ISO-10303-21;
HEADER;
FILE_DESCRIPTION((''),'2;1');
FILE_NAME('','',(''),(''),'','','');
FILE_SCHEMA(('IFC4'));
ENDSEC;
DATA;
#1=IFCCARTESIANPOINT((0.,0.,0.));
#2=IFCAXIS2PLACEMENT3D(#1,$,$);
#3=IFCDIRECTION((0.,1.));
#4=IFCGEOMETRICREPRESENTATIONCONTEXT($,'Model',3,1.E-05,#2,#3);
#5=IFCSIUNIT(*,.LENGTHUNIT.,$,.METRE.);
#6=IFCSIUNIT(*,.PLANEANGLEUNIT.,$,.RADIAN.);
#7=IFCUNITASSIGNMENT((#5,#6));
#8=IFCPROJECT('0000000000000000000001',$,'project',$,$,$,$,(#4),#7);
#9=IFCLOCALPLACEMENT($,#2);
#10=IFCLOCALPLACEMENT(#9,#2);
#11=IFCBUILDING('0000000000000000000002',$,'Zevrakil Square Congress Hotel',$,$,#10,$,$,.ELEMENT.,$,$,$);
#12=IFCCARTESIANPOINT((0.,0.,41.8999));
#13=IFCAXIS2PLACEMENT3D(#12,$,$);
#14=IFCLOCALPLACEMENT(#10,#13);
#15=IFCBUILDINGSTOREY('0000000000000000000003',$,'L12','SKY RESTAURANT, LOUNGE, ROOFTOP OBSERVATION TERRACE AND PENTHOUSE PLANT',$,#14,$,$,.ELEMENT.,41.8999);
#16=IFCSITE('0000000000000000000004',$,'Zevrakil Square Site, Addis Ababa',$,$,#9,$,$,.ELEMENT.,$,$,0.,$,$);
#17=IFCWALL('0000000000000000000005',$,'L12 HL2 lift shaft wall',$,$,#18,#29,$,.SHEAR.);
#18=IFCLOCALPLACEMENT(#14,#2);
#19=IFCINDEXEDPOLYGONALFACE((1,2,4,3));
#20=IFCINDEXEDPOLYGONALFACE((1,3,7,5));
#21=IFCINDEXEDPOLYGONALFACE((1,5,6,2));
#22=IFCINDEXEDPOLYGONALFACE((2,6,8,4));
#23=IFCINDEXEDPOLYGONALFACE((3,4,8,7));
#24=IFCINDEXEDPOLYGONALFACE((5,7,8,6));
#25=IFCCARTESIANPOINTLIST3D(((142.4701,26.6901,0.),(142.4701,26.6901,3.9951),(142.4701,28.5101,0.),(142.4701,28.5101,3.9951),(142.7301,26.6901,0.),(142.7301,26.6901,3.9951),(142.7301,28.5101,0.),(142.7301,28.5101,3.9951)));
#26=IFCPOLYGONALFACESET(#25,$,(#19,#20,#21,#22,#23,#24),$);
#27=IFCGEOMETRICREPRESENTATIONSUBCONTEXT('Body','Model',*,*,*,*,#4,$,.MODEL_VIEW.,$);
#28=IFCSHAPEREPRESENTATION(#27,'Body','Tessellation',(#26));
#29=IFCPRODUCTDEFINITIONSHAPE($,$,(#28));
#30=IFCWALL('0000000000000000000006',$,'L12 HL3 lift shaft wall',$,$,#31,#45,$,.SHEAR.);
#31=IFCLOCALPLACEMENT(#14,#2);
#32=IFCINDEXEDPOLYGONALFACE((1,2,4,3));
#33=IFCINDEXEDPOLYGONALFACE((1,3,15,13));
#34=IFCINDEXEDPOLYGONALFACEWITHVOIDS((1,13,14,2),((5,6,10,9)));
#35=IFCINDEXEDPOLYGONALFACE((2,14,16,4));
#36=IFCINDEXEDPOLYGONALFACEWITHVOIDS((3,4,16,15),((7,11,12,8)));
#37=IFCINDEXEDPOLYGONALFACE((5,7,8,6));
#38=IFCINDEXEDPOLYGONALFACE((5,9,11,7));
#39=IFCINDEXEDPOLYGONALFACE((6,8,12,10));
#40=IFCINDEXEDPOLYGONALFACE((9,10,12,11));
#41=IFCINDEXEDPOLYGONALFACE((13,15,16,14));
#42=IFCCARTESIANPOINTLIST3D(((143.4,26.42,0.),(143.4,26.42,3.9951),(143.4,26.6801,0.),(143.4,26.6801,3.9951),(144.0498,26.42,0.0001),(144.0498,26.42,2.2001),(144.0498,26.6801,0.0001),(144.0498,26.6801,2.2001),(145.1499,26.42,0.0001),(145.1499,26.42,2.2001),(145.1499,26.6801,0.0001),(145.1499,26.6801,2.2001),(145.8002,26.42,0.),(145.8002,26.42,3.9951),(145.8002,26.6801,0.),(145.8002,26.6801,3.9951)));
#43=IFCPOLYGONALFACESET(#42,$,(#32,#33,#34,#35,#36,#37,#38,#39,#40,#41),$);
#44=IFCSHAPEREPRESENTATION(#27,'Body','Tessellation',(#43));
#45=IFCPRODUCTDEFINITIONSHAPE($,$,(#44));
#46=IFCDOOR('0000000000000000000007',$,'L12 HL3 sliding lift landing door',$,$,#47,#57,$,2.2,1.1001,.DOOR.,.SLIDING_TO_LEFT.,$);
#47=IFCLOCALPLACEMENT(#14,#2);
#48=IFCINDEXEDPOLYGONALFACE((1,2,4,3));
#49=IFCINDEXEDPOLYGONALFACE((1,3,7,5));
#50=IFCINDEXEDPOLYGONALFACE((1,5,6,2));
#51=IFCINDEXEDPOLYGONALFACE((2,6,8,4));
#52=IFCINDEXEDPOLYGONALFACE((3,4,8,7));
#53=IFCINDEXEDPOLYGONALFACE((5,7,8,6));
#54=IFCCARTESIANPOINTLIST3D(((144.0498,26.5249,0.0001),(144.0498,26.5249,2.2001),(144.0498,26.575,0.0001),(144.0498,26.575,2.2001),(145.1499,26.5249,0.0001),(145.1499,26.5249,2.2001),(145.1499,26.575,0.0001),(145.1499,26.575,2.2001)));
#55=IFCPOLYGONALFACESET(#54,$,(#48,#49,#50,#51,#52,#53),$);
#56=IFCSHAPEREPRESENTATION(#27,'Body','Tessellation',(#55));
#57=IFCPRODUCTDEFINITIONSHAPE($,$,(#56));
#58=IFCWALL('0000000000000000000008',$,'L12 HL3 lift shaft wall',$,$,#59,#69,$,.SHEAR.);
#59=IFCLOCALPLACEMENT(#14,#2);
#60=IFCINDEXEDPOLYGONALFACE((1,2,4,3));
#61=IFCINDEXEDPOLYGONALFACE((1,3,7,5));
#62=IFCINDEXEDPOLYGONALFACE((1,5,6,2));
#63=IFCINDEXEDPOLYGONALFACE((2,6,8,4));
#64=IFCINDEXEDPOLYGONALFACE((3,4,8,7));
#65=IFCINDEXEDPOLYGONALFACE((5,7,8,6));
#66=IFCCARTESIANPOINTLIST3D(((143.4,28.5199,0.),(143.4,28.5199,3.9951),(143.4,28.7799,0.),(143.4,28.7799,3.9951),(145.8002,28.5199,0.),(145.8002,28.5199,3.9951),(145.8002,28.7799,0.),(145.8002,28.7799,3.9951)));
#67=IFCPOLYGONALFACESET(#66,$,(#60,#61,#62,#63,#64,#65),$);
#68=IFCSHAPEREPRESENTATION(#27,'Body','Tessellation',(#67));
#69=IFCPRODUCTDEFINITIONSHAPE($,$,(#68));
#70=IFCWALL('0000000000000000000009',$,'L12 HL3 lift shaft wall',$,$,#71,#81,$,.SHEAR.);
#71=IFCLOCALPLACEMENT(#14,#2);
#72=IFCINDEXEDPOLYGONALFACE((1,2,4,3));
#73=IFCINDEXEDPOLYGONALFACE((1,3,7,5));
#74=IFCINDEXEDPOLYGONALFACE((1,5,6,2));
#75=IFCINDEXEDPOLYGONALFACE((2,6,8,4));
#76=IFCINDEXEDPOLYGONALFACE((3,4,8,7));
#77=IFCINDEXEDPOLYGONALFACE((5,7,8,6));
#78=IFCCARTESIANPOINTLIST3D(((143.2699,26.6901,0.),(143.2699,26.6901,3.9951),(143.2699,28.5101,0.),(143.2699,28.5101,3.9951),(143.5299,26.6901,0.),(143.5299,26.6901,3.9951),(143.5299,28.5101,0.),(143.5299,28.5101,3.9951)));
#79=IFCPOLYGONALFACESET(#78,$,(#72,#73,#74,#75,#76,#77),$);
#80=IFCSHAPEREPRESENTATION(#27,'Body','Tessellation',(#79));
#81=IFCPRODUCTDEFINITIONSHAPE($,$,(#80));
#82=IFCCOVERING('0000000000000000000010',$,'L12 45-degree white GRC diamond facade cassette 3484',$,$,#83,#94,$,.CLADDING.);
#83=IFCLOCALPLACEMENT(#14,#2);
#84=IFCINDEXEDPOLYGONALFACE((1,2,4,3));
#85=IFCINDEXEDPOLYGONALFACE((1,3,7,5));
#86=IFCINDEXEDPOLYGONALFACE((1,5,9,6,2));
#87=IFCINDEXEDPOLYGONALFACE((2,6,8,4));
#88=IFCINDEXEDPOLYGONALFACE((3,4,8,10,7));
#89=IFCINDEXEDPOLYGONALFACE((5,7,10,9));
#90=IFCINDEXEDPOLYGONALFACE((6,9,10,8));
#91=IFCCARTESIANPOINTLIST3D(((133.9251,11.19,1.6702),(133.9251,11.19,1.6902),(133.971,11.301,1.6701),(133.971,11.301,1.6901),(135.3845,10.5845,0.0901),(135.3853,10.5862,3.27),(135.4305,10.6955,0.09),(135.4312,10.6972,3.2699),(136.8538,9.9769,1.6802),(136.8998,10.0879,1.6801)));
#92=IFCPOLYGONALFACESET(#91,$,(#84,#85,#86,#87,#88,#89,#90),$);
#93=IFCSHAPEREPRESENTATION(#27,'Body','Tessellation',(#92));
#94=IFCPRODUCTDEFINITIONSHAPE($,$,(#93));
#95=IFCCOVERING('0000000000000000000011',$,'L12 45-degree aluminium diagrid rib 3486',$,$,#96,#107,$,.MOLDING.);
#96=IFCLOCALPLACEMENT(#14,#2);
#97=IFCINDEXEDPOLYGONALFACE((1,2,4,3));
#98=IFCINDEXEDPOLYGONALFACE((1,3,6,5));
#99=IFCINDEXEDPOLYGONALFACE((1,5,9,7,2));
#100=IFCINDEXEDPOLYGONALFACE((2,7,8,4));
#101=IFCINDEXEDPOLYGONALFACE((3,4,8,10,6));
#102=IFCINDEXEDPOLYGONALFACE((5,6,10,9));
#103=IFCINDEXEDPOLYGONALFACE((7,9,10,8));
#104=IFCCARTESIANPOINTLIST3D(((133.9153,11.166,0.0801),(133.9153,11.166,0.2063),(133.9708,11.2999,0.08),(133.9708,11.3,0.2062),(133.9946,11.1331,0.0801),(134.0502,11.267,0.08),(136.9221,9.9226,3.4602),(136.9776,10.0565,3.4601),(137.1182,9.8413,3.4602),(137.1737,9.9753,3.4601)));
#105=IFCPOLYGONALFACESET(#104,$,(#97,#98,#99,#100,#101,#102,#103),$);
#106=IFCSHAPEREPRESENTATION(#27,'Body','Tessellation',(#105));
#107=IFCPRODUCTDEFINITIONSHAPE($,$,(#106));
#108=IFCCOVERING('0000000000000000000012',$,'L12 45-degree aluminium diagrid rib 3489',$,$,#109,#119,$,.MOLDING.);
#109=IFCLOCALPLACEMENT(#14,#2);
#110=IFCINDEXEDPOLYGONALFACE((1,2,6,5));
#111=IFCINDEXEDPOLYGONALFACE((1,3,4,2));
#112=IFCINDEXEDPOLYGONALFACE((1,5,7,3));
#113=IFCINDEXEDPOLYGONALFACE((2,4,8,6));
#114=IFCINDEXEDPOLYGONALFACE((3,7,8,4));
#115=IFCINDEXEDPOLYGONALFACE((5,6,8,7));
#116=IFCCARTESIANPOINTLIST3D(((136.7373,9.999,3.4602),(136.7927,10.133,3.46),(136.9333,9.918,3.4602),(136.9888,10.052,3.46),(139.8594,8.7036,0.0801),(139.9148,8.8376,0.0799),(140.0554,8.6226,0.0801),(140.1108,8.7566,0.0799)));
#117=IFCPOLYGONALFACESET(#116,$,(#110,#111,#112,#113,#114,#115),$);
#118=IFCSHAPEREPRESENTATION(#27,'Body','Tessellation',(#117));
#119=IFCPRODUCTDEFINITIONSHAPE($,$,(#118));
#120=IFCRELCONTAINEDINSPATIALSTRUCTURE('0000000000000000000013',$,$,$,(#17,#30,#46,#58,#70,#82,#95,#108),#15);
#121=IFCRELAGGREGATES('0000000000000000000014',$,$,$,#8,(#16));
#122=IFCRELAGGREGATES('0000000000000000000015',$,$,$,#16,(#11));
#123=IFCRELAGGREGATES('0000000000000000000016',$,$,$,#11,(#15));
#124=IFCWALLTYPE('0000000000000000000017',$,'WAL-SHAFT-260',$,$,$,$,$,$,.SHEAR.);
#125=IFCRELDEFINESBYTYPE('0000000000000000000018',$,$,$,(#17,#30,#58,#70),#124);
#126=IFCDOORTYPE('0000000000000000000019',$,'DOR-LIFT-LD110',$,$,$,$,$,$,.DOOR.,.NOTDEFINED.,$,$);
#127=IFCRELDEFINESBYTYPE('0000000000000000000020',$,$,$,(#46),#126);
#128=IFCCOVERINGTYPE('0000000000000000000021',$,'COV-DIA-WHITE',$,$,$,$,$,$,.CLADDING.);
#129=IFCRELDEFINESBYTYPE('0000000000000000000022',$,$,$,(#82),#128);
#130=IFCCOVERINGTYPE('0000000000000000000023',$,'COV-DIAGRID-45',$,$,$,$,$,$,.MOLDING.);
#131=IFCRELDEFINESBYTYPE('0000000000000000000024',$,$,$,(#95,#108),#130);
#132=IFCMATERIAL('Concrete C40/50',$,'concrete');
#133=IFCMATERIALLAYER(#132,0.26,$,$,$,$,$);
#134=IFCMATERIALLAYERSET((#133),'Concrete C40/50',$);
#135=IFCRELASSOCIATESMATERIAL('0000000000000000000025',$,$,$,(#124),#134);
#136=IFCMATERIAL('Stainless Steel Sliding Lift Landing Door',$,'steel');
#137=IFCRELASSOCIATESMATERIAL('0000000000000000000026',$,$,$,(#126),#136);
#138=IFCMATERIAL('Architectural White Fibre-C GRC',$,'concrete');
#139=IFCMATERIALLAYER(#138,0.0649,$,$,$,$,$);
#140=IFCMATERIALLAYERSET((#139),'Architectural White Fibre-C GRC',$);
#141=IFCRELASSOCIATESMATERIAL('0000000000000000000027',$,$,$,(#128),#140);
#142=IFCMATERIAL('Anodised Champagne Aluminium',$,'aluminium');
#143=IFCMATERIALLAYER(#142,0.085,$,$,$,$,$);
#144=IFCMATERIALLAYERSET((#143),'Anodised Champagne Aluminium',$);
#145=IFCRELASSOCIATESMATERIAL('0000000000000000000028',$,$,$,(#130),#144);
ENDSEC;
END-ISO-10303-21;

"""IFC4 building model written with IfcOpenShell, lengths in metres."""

from ifc_helpers import new_model, si_unit, direction, frame, frame_2d, origin, place, context, subcontext, project, spatial, polyline, rectangle, outline, extrude, material, layer, layer_set, type_object, element, fill, save


model = new_model("IFC4")

# Units and contexts
model_context = context("Model", 3, precision=1e-05, world=origin(), true_north=direction((0.0, 1.0)))
body_context = subcontext(model_context, "Body", "Model", "MODEL_VIEW")
ifc_project = project(units=[si_unit("LENGTHUNIT", "METRE"), si_unit("PLANEANGLEUNIT", "RADIAN")], contexts=[model_context])

# Site, building, storey
site_placement = place(None, origin())
site = spatial("IfcSite", under=ifc_project, at=site_placement, Name="Zevrakil Square Site, Addis Ababa", CompositionType="ELEMENT", RefElevation=0.0)
building_placement = place(site_placement, origin())
building = spatial("IfcBuilding", under=site, at=building_placement, Name="Zevrakil Square Congress Hotel", CompositionType="ELEMENT")
storey_placement = place(building_placement, frame((0.0, 0.0, 41.8999)))
storey = spatial("IfcBuildingStorey", under=building, at=storey_placement, Name="L12", Description="SKY RESTAURANT, LOUNGE, ROOFTOP OBSERVATION TERRACE AND PENTHOUSE PLANT", CompositionType="ELEMENT", Elevation=41.8999)

# Shared definitions
ifc_material_1 = material(Name="Concrete C40/50", Category="concrete")
ifc_layer_1 = layer(ifc_material_1, 0.26)
ifc_layer_set_1 = layer_set([ifc_layer_1], Name="Concrete C40/50")
wall_type_1 = type_object("IfcWallType", Name="WAL-SHAFT-260", PredefinedType="SHEAR", material=ifc_layer_set_1)

# Shared definitions
ifc_material_2 = material(Name="Stainless Steel Sliding Lift Landing Door", Category="steel")
door_type_1 = type_object("IfcDoorType", Name="DOR-LIFT-LD110", OperationType="NOTDEFINED", PredefinedType="DOOR", material=ifc_material_2)

# Wall
for number, where, z_axis, x_axis, name in (
    (1, (142.6001, 26.6899, 0.0), (0.0, 0.0, 1.0), (0.0, 1.0, 0.0), "L12 HL2 lift shaft wall"),
):
    element("IfcWall", number, at=place(storey_placement, frame(where, z_axis=z_axis, x_axis=x_axis)), inside=storey, type_object=wall_type_1, Name=name, PredefinedType="SHEAR", context=body_context, shape_type="SweptSolid", body=[
        extrude(rectangle(XDim=1.8201, YDim=0.26, at=frame_2d((0.9102, 0.0))), origin(), (0.0, 0.0, 1.0), 3.9951),
    ])

# Wall, opening, door
wall_1_placement = place(storey_placement, frame((143.3999, 26.55, 0.0), z_axis=(0.0, 0.0, 1.0), x_axis=(1.0, 0.0, 0.0)))
wall_1 = element("IfcWall", 2, at=wall_1_placement, inside=storey, type_object=wall_type_1, Name="L12 HL3 lift shaft wall", PredefinedType="SHEAR", context=body_context, shape_type="SweptSolid", body=[
    extrude(rectangle(XDim=2.4001, YDim=0.26, at=frame_2d((1.2002, 0.0))), origin(), (0.0, 0.0, 1.0), 3.9951),
])
opening_1_placement = place(wall_1_placement, frame((0.6499, 0.0, 0.0)))
opening_1 = element("IfcOpeningElement", 3, at=opening_1_placement, cuts=wall_1, PredefinedType="OPENING", context=body_context, shape_type="SweptSolid", body=[
    extrude(rectangle(XDim=1.1001, YDim=2.2, at=frame_2d((0.55, 1.1001))), frame((0.0, 0.1401, 0.0), z_axis=(0.0, -1.0, 0.0), x_axis=(1.0, 0.0, 0.0)), (0.0, 0.0, 1.0), 0.28),
])
door_1_placement = place(opening_1_placement, origin())
door_1 = element("IfcDoor", 4, at=door_1_placement, inside=storey, type_object=door_type_1, Name="L12 HL3 sliding lift landing door", OperationType="SLIDING_TO_LEFT", OverallHeight=2.2, OverallWidth=1.1001, PredefinedType="DOOR", context=body_context, shape_type="SweptSolid", body=[
    extrude(rectangle(XDim=1.1001, YDim=2.2, at=frame_2d((0.55, 1.1001))), frame((0.0, 0.0249, 0.0), z_axis=(0.0, -1.0, 0.0), x_axis=(1.0, 0.0, 0.0)), (0.0, 0.0, 1.0), 0.05),
])
fill(opening_1, door_1)

# Walls
wall_2_placement = place(storey_placement, frame((143.3999, 28.6499, 0.0), z_axis=(0.0, 0.0, 1.0), x_axis=(1.0, 0.0, 0.0)))
element("IfcWall", 5, at=wall_2_placement, inside=storey, type_object=wall_type_1, Name="L12 HL3 lift shaft wall", PredefinedType="SHEAR", context=body_context, shape_type="SweptSolid", body=[
    extrude(rectangle(XDim=2.4001, YDim=0.26, at=frame_2d((1.2002, 0.0))), origin(), (0.0, 0.0, 1.0), 3.9951),
])
wall_3_placement = place(storey_placement, frame((143.3999, 26.6899, 0.0), z_axis=(0.0, 0.0, 1.0), x_axis=(0.0, 1.0, 0.0)))
element("IfcWall", 6, at=wall_3_placement, inside=storey, type_object=wall_type_1, Name="L12 HL3 lift shaft wall", PredefinedType="SHEAR", context=body_context, shape_type="SweptSolid", body=[
    extrude(rectangle(XDim=1.8201, YDim=0.26, at=frame_2d((0.9102, 0.0))), origin(), (0.0, 0.0, 1.0), 3.9951),
])

# Coverings
ifc_material_3 = material(Name="Architectural White Fibre-C GRC", Category="concrete")
ifc_layer_2 = layer(ifc_material_3, 0.0649)
ifc_layer_set_2 = layer_set([ifc_layer_2], Name="Architectural White Fibre-C GRC")
covering_type_1 = type_object("IfcCoveringType", Name="COV-DIA-WHITE", PredefinedType="CLADDING", material=ifc_layer_set_2)
covering_1_placement = place(storey_placement, frame((135.3853, 10.5862, 3.27), z_axis=(-0.382689, -0.923877, 0.000583), x_axis=(0.653138, -0.27099, -0.70709)))
element("IfcCovering", 7, at=covering_1_placement, inside=storey, type_object=covering_type_1, Name="L12 45-degree white GRC diamond facade cassette 3484", PredefinedType="CLADDING", context=body_context, shape_type="SweptSolid", body=[
    extrude(outline(polyline([(0.0, 0.0), (2.2484, 0.0), (2.2485, -2.2486), (0.0139, -2.2486), (-0.0002, -2.2344), (0.0, 0.0)])), origin(), (0.0, 0.0, -1.0), 0.1201),
])
ifc_material_4 = material(Name="Anodised Champagne Aluminium", Category="aluminium")
ifc_layer_3 = layer(ifc_material_4, 0.085)
ifc_layer_set_3 = layer_set([ifc_layer_3], Name="Anodised Champagne Aluminium")
covering_type_2 = type_object("IfcCoveringType", Name="COV-DIAGRID-45", PredefinedType="MOLDING", material=ifc_layer_set_3)
covering_2_placement = place(storey_placement, frame((133.9946, 11.1331, 0.0801), z_axis=(-0.382907, -0.923786, 0.000805), x_axis=(-0.923787, 0.382908, 0.000001)))
element("IfcCovering", 8, at=covering_2_placement, inside=storey, type_object=covering_type_2, Name="L12 45-degree aluminium diagrid rib 3486", PredefinedType="MOLDING", context=body_context, shape_type="SweptSolid", body=[
    extrude(outline(polyline([(0.0, 0.0), (0.0859, 0.0), (0.0859, -0.1262), (-3.1679, -3.3801), (-3.3801, -3.3801), (0.0, 0.0)])), origin(), (0.0, 0.0, -1.0), 0.145),
])
covering_3_placement = place(storey_placement, frame((136.7373, 9.999, 3.4602), z_axis=(-0.38208, -0.924128, 0.001255), x_axis=(0.924129, -0.382081, 0.0)))
element("IfcCovering", 9, at=covering_3_placement, inside=storey, type_object=covering_type_2, Name="L12 45-degree aluminium diagrid rib 3489", PredefinedType="MOLDING", context=body_context, shape_type="SweptSolid", body=[
    extrude(outline(polyline([(0.0, 0.0), (0.2121, 0.0), (3.5923, -3.3801), (3.3801, -3.3801), (0.0, 0.0)])), origin(), (0.0, 0.0, -1.0), 0.145),
])

save(model, "model.ifc")
